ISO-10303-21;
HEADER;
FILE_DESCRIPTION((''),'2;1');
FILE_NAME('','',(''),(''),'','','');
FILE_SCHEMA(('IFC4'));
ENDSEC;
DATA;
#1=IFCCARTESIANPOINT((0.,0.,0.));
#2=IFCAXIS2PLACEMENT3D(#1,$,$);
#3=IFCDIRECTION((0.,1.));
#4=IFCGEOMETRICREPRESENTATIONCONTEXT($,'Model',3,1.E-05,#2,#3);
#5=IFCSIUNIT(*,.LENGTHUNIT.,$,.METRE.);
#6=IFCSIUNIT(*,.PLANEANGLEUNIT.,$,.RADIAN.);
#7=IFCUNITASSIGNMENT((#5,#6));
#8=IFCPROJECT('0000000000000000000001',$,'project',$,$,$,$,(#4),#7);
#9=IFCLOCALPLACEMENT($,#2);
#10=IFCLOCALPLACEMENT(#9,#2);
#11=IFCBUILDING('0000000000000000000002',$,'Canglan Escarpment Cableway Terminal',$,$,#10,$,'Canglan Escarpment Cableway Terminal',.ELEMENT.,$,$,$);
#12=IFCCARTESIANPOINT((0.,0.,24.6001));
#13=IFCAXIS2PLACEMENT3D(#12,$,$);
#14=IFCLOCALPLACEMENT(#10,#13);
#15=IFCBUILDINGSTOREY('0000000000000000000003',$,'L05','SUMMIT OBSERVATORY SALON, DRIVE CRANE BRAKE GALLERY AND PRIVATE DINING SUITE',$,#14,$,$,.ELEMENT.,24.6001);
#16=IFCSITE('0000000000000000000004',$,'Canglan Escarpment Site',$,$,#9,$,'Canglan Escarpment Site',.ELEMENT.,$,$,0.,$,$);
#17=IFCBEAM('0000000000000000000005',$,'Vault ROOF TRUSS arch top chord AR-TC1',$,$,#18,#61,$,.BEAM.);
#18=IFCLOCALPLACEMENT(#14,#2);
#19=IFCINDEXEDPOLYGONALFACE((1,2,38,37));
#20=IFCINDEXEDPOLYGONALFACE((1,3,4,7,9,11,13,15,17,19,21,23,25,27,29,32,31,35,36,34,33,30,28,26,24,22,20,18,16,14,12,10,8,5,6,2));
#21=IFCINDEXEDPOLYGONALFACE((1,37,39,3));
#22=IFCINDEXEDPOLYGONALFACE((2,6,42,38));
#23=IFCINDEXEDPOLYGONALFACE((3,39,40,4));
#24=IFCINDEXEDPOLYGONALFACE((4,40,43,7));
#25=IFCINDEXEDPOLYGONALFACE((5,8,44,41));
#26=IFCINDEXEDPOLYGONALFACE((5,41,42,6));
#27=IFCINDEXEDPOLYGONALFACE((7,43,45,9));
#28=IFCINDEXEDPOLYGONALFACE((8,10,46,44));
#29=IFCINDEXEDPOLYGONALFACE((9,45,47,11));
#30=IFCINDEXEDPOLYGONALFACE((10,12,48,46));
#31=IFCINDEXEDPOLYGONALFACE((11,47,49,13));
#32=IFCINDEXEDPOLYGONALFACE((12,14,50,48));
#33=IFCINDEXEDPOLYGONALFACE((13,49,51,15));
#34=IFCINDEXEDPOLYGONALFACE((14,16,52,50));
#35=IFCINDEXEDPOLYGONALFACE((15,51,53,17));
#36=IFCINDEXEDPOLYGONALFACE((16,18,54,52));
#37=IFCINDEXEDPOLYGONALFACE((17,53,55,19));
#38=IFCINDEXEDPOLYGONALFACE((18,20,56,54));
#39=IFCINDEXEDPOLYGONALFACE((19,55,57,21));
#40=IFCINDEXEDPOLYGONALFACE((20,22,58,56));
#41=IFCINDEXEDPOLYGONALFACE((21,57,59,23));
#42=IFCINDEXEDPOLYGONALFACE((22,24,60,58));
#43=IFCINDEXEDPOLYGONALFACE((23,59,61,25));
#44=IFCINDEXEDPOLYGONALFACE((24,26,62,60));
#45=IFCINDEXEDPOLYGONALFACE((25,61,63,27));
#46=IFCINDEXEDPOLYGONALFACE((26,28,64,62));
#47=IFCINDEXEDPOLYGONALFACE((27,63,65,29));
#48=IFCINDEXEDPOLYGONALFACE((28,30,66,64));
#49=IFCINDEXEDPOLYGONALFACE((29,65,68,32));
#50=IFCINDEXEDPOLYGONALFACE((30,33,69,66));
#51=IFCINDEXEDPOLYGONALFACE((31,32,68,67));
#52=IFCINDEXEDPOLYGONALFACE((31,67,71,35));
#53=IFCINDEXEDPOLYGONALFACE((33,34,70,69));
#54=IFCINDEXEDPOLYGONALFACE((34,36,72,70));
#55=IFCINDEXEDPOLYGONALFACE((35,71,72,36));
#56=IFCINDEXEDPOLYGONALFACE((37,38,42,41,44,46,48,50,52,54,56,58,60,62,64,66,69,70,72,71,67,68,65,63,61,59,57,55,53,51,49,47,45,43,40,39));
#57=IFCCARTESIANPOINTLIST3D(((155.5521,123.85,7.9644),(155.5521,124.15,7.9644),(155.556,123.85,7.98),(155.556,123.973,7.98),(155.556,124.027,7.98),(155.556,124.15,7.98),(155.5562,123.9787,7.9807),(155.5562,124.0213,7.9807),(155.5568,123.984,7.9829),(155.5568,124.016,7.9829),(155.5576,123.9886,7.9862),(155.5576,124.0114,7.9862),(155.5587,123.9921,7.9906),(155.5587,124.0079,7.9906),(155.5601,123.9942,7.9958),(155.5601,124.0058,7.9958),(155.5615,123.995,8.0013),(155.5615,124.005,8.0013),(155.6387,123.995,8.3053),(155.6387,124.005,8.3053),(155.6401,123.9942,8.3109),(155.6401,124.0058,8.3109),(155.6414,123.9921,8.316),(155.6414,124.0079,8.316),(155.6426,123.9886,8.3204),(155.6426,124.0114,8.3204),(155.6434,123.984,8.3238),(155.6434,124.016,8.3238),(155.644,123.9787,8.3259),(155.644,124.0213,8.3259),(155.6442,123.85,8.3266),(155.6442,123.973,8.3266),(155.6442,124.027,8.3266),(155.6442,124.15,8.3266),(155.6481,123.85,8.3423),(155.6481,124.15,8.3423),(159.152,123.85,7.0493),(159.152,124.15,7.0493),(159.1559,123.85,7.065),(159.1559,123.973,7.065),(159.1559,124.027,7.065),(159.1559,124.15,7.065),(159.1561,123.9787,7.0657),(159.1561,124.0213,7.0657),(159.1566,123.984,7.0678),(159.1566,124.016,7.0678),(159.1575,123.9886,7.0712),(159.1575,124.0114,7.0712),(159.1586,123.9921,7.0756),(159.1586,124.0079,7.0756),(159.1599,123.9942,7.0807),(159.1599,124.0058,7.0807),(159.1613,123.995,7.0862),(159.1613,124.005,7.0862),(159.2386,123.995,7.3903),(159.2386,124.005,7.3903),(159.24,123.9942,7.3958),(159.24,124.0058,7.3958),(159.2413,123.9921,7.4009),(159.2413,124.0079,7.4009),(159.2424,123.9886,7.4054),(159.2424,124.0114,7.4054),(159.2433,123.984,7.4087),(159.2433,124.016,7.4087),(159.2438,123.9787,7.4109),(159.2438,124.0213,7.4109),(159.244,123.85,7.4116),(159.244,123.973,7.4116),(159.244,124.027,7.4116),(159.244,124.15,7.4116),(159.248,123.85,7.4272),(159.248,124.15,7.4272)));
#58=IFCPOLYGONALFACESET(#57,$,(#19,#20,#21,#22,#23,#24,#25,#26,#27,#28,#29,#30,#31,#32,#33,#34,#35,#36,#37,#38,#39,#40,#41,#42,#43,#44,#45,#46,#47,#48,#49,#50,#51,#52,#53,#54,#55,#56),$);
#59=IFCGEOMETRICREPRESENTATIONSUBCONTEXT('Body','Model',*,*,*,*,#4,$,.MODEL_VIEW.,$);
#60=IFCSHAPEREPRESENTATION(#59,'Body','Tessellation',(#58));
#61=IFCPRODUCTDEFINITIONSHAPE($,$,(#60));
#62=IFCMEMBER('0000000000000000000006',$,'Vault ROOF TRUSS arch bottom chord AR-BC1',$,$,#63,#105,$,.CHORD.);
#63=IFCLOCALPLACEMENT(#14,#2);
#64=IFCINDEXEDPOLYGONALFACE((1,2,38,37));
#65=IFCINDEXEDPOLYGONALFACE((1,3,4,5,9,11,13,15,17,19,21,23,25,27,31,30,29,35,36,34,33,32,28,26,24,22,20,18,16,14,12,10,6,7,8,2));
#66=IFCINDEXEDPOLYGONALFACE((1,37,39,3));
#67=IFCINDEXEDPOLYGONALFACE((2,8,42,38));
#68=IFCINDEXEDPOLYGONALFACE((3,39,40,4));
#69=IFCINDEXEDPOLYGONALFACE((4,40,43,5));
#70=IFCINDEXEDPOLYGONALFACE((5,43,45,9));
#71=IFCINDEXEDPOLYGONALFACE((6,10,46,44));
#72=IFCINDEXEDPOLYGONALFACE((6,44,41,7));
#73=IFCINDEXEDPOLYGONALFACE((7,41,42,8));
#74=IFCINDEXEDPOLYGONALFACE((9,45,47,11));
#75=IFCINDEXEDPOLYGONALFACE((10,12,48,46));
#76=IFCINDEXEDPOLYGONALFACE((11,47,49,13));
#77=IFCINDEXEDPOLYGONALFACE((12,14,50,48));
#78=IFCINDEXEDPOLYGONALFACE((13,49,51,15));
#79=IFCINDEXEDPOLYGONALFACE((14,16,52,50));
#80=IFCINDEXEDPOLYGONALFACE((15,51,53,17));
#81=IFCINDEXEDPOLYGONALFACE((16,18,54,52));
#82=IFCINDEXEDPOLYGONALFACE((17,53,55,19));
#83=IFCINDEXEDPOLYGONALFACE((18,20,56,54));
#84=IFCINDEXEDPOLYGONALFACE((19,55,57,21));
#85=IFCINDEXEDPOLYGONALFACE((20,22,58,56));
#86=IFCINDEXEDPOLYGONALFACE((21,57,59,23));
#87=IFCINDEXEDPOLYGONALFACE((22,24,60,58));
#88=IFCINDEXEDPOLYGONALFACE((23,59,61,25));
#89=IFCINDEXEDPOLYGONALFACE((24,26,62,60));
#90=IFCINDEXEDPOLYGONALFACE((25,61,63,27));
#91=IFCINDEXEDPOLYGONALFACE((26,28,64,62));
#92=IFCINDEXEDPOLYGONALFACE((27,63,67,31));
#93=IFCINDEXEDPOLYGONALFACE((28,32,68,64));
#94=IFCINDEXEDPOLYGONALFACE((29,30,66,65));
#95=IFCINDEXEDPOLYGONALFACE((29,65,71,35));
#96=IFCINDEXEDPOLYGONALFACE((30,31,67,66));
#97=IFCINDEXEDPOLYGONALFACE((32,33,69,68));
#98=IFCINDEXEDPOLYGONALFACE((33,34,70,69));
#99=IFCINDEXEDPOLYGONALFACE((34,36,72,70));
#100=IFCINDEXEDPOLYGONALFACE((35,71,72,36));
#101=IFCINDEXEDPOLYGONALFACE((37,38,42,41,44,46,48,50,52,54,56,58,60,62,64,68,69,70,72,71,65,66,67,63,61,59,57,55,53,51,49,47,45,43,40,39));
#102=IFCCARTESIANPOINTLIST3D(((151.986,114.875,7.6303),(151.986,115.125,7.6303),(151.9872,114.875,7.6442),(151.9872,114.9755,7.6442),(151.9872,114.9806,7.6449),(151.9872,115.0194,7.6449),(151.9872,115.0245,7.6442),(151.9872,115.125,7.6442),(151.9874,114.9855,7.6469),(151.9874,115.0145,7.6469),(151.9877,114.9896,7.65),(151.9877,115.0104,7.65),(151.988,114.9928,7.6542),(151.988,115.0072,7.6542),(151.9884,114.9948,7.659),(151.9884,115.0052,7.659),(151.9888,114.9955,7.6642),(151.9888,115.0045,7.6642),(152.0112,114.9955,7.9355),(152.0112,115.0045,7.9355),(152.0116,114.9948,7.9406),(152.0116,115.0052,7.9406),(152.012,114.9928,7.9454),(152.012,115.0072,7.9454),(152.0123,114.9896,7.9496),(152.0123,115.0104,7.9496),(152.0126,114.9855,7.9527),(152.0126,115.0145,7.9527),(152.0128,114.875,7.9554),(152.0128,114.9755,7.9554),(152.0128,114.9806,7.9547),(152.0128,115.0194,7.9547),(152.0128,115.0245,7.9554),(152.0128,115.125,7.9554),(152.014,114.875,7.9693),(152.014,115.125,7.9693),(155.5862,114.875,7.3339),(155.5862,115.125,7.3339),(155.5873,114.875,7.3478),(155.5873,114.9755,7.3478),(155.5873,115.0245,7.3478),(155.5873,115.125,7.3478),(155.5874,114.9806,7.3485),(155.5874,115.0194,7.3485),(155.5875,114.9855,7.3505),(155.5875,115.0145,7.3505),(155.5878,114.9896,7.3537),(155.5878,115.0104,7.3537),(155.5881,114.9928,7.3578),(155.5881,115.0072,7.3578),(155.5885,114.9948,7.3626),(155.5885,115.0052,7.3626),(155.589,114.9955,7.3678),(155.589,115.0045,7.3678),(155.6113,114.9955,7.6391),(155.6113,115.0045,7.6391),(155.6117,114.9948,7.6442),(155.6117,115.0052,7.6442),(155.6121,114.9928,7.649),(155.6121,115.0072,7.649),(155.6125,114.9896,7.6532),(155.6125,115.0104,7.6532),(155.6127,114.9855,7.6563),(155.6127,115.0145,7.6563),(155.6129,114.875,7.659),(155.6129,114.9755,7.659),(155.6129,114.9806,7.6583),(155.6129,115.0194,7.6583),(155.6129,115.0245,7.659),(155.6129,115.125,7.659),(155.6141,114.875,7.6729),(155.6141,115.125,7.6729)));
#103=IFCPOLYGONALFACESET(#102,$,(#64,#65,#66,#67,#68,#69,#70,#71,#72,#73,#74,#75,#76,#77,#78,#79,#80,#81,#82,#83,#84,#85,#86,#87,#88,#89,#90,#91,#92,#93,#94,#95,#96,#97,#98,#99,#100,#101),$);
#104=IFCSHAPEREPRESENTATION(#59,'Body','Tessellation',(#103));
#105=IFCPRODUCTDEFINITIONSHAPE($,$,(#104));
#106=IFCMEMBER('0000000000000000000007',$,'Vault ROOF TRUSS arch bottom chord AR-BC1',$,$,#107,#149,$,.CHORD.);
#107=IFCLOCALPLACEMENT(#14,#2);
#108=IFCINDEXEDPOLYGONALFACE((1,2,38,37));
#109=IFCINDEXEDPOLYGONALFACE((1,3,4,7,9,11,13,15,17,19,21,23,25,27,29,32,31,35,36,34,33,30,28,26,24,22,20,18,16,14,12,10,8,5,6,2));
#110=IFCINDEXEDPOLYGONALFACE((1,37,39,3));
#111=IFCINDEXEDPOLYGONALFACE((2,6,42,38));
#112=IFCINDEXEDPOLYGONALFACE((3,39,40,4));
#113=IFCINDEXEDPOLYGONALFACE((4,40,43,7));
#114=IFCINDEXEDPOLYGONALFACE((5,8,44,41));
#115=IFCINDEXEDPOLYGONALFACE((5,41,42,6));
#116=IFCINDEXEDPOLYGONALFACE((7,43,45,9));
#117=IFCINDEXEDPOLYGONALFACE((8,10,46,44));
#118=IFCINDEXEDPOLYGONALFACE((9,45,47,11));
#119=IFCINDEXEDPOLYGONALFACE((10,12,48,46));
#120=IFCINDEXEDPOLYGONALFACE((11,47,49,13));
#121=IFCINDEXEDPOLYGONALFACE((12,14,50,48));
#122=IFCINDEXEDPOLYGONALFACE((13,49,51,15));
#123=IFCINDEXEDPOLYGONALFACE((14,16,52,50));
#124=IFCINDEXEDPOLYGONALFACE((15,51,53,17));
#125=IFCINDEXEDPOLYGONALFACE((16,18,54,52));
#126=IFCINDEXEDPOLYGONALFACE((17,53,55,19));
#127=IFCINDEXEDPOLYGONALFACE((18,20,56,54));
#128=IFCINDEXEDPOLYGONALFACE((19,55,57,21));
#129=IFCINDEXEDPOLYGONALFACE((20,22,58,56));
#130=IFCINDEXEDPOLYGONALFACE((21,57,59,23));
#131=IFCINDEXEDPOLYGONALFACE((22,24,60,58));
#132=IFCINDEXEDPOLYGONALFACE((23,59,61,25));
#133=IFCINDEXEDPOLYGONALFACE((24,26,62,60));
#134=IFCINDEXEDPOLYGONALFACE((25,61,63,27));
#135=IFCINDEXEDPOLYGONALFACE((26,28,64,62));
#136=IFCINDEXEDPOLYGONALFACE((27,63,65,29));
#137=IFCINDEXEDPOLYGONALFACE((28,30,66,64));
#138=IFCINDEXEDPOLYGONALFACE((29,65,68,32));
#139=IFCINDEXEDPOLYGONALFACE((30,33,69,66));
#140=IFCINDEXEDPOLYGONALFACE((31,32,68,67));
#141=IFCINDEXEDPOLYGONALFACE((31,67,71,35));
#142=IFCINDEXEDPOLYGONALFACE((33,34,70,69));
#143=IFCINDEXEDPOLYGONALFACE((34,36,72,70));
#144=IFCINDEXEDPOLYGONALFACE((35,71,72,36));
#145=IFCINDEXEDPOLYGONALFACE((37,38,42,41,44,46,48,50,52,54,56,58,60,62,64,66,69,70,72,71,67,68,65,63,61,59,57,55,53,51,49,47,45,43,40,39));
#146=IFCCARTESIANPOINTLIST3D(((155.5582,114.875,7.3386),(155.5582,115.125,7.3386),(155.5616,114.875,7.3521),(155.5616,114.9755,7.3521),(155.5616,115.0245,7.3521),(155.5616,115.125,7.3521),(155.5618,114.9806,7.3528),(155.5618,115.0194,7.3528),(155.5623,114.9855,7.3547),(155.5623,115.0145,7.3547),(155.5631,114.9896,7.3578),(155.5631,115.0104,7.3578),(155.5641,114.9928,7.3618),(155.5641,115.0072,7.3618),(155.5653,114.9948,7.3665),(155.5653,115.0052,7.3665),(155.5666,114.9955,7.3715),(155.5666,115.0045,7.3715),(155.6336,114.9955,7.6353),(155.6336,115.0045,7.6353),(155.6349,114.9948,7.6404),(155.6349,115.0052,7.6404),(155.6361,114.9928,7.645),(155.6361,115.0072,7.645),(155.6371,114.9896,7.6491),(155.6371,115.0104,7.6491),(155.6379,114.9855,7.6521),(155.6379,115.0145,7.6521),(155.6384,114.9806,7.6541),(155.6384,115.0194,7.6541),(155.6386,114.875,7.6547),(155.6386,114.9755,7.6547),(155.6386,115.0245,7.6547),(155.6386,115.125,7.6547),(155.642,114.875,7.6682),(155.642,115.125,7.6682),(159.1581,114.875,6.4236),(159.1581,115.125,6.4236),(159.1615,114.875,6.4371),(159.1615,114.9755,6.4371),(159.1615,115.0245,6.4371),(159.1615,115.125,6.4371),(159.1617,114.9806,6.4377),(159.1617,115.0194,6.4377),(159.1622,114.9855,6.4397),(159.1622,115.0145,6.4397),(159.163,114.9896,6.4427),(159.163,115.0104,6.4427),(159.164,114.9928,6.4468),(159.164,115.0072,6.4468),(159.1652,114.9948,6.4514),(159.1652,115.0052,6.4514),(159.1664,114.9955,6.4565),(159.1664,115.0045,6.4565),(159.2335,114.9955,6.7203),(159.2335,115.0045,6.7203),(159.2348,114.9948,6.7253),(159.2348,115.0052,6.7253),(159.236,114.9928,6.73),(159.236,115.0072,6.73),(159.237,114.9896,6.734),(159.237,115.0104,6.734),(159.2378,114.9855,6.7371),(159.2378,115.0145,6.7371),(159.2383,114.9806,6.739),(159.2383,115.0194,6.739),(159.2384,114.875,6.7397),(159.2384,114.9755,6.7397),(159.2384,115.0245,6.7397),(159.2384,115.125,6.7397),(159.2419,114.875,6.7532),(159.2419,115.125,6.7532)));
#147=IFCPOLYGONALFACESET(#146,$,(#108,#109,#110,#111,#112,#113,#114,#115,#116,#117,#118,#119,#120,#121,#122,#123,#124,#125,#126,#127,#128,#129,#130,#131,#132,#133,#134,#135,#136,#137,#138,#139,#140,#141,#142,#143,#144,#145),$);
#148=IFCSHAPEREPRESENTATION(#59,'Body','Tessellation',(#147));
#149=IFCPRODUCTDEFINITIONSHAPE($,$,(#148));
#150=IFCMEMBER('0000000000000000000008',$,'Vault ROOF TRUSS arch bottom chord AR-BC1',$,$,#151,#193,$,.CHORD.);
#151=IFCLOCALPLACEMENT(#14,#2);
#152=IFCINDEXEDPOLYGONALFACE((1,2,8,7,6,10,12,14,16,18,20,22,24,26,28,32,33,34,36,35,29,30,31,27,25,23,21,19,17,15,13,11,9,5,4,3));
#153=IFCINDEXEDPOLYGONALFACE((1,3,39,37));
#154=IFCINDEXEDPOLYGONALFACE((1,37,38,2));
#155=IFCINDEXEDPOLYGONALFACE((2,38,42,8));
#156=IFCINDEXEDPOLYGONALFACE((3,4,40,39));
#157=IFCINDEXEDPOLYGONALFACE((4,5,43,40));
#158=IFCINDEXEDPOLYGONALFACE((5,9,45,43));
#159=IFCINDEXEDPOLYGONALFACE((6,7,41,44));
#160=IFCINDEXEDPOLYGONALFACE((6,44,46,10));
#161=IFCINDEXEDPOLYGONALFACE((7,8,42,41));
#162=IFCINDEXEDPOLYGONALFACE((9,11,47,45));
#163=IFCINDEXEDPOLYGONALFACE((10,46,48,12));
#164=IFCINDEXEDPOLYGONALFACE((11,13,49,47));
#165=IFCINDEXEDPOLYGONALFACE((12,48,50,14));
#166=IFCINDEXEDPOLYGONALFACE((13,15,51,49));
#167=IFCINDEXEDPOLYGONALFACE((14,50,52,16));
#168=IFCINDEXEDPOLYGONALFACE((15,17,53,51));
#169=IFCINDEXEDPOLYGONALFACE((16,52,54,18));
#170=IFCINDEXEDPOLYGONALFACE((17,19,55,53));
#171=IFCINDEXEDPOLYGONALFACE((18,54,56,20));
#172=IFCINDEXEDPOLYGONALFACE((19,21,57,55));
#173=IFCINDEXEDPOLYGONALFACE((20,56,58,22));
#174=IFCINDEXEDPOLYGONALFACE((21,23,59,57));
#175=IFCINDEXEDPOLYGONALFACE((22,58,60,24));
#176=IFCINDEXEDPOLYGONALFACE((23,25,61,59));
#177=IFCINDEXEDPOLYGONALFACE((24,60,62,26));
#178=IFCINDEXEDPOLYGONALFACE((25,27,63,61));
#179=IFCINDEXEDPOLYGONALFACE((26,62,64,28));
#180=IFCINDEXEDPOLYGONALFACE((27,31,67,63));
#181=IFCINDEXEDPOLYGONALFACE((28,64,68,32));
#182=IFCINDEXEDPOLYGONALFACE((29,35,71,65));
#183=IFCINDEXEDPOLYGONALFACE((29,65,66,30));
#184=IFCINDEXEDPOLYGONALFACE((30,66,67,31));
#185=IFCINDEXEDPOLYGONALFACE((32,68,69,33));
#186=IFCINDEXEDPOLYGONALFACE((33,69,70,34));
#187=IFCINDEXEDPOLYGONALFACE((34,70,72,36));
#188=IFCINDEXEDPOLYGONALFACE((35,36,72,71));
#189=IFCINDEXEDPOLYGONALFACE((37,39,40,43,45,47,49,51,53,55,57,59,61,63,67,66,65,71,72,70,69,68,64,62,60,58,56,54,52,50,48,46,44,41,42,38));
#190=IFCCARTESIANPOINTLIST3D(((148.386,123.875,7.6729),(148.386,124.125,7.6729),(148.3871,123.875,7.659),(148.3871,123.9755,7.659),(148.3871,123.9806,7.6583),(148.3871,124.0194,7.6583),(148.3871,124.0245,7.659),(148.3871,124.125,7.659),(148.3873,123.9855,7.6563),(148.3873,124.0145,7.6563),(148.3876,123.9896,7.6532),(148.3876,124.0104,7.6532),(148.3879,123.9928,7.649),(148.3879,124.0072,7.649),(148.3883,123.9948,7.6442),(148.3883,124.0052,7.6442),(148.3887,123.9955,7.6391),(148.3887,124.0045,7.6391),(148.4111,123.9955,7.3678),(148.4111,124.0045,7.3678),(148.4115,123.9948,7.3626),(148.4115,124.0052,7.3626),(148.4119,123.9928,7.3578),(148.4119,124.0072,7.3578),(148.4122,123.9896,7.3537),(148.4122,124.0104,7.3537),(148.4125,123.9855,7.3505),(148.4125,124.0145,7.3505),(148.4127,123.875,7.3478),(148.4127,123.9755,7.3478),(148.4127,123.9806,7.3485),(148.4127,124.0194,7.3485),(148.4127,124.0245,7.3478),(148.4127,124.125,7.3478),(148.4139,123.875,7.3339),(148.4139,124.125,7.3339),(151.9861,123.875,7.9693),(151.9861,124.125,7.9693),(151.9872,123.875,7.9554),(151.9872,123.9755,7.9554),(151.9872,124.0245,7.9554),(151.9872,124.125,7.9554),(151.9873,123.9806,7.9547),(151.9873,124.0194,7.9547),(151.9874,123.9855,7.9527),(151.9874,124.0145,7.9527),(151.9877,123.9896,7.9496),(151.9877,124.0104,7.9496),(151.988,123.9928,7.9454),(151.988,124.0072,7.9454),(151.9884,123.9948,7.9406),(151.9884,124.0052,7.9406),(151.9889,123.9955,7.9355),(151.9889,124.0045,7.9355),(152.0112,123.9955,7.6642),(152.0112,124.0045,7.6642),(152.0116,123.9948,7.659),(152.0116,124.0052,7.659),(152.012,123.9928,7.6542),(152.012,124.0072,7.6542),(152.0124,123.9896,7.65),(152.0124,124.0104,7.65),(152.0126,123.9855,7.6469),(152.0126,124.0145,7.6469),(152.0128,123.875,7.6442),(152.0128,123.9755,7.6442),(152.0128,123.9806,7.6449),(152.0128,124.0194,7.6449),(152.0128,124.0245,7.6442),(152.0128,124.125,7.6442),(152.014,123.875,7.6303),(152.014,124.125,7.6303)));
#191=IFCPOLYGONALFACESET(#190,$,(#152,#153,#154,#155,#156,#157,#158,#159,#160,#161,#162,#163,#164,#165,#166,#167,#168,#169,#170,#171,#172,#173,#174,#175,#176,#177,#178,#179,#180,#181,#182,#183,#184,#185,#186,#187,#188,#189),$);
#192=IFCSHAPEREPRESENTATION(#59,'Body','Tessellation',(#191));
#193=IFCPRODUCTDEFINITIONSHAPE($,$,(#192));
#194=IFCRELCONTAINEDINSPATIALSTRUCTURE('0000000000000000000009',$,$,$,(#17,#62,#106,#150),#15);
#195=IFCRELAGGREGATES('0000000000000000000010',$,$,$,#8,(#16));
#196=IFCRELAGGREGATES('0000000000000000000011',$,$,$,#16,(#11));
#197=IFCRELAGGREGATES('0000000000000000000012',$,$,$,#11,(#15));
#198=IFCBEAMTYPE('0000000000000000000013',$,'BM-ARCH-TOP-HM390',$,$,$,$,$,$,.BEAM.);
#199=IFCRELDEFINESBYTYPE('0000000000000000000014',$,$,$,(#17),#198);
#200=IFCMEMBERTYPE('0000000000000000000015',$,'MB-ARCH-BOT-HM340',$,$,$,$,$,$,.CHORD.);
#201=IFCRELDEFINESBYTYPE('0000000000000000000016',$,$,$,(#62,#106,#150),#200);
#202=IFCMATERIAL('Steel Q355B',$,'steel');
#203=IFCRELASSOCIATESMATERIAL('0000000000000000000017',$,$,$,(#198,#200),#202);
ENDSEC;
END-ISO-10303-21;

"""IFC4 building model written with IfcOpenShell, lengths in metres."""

from ifc_helpers import new_model, si_unit, direction, frame, origin, origin_2d, place, context, subcontext, project, spatial, i_section, extrude, material, material_profile, profile_set, type_object, element, save


model = new_model("IFC4")

# Units and contexts
model_context = context("Model", 3, precision=1e-05, world=origin(), true_north=direction((0.0, 1.0)))
body_context = subcontext(model_context, "Body", "Model", "MODEL_VIEW")
ifc_project = project(units=[si_unit("LENGTHUNIT", "METRE"), si_unit("PLANEANGLEUNIT", "RADIAN")], contexts=[model_context])

# Site, building, storey
site_placement = place(None, origin())
site = spatial("IfcSite", under=ifc_project, at=site_placement, Name="Canglan Escarpment Site", LongName="Canglan Escarpment Site", CompositionType="ELEMENT", RefElevation=0.0)
building_placement = place(site_placement, origin())
building = spatial("IfcBuilding", under=site, at=building_placement, Name="Canglan Escarpment Cableway Terminal", LongName="Canglan Escarpment Cableway Terminal", CompositionType="ELEMENT")
storey_placement = place(building_placement, frame((0.0, 0.0, 24.6001)))
storey = spatial("IfcBuildingStorey", under=building, at=storey_placement, Name="L05", Description="SUMMIT OBSERVATORY SALON, DRIVE CRANE BRAKE GALLERY AND PRIVATE DINING SUITE", CompositionType="ELEMENT", Elevation=24.6001)

# Beam
ifc_material = material(Name="Steel Q355B", Category="steel")
ifc_material_profile_1 = material_profile(ifc_material, i_section(OverallWidth=0.3, OverallDepth=0.3899, WebThickness=0.01, FlangeThickness=0.0161, FilletRadius=0.022, at=origin_2d()), Name="HM 390x300x10x16")
ifc_profile_set_1 = profile_set([ifc_material_profile_1], Name="Steel Q355B")
beam_type = type_object("IfcBeamType", Name="BM-ARCH-TOP-HM390", PredefinedType="BEAM", material=ifc_profile_set_1)
beam_1_placement = place(storey_placement, frame((155.6001, 124.0, 8.1533), z_axis=(0.96918, 0.0, -0.246354), x_axis=(0.0, 1.0, 0.0)))
element("IfcBeam", 1, at=beam_1_placement, inside=storey, type_object=beam_type, Name="Vault ROOF TRUSS arch top chord AR-TC1", PredefinedType="BEAM", context=body_context, shape_type="SweptSolid", body=[
    extrude(i_section(OverallWidth=0.3, OverallDepth=0.3899, WebThickness=0.01, FlangeThickness=0.0161, FilletRadius=0.022, at=origin_2d()), origin(), (0.0, 0.0, 1.0), 3.7144),
])

# Members
ifc_material_profile_2 = material_profile(ifc_material, i_section(OverallWidth=0.25, OverallDepth=0.3401, WebThickness=0.009, FlangeThickness=0.0139, FilletRadius=0.02, at=origin_2d()), Name="HM 340x250x9x14")
ifc_profile_set_2 = profile_set([ifc_material_profile_2], Name="Steel Q355B")
member_type_1 = type_object("IfcMemberType", Name="MB-ARCH-BOT-HM340", PredefinedType="CHORD", material=ifc_profile_set_2)
member_1_placement = place(storey_placement, frame((152.0, 115.0, 7.7998), z_axis=(0.996628, 0.0, -0.08205), x_axis=(0.0, 1.0, 0.0)))
element("IfcMember", 2, at=member_1_placement, inside=storey, type_object=member_type_1, Name="Vault ROOF TRUSS arch bottom chord AR-BC1", PredefinedType="CHORD", context=body_context, shape_type="SweptSolid", body=[
    extrude(i_section(OverallWidth=0.25, OverallDepth=0.3401, WebThickness=0.009, FlangeThickness=0.0139, FilletRadius=0.02, at=origin_2d()), origin(), (0.0, 0.0, 1.0), 3.6123),
])
member_2_placement = place(storey_placement, frame((155.6001, 115.0, 7.5034), z_axis=(0.96918, 0.0, -0.246354), x_axis=(0.0, 1.0, 0.0)))
element("IfcMember", 3, at=member_2_placement, inside=storey, type_object=member_type_1, Name="Vault ROOF TRUSS arch bottom chord AR-BC1", PredefinedType="CHORD", context=body_context, shape_type="SweptSolid", body=[
    extrude(i_section(OverallWidth=0.25, OverallDepth=0.3401, WebThickness=0.009, FlangeThickness=0.0139, FilletRadius=0.02, at=origin_2d()), origin(), (0.0, 0.0, 1.0), 3.7144),
])
for number, where, z_axis, x_axis, name in (
    (4, (148.3999, 124.0, 7.5034), (0.996628, 0.0, 0.08205), (0.0, 1.0, 0.0), "Vault ROOF TRUSS arch bottom chord AR-BC1"),
):
    element("IfcMember", number, at=place(storey_placement, frame(where, z_axis=z_axis, x_axis=x_axis)), inside=storey, type_object=member_type_1, Name=name, PredefinedType="CHORD", context=body_context, shape_type="SweptSolid", body=[
        extrude(i_section(OverallWidth=0.25, OverallDepth=0.3401, WebThickness=0.009, FlangeThickness=0.0139, FilletRadius=0.02, at=origin_2d()), origin(), (0.0, 0.0, 1.0), 3.6123),
    ])

save(model, "model.ifc")
